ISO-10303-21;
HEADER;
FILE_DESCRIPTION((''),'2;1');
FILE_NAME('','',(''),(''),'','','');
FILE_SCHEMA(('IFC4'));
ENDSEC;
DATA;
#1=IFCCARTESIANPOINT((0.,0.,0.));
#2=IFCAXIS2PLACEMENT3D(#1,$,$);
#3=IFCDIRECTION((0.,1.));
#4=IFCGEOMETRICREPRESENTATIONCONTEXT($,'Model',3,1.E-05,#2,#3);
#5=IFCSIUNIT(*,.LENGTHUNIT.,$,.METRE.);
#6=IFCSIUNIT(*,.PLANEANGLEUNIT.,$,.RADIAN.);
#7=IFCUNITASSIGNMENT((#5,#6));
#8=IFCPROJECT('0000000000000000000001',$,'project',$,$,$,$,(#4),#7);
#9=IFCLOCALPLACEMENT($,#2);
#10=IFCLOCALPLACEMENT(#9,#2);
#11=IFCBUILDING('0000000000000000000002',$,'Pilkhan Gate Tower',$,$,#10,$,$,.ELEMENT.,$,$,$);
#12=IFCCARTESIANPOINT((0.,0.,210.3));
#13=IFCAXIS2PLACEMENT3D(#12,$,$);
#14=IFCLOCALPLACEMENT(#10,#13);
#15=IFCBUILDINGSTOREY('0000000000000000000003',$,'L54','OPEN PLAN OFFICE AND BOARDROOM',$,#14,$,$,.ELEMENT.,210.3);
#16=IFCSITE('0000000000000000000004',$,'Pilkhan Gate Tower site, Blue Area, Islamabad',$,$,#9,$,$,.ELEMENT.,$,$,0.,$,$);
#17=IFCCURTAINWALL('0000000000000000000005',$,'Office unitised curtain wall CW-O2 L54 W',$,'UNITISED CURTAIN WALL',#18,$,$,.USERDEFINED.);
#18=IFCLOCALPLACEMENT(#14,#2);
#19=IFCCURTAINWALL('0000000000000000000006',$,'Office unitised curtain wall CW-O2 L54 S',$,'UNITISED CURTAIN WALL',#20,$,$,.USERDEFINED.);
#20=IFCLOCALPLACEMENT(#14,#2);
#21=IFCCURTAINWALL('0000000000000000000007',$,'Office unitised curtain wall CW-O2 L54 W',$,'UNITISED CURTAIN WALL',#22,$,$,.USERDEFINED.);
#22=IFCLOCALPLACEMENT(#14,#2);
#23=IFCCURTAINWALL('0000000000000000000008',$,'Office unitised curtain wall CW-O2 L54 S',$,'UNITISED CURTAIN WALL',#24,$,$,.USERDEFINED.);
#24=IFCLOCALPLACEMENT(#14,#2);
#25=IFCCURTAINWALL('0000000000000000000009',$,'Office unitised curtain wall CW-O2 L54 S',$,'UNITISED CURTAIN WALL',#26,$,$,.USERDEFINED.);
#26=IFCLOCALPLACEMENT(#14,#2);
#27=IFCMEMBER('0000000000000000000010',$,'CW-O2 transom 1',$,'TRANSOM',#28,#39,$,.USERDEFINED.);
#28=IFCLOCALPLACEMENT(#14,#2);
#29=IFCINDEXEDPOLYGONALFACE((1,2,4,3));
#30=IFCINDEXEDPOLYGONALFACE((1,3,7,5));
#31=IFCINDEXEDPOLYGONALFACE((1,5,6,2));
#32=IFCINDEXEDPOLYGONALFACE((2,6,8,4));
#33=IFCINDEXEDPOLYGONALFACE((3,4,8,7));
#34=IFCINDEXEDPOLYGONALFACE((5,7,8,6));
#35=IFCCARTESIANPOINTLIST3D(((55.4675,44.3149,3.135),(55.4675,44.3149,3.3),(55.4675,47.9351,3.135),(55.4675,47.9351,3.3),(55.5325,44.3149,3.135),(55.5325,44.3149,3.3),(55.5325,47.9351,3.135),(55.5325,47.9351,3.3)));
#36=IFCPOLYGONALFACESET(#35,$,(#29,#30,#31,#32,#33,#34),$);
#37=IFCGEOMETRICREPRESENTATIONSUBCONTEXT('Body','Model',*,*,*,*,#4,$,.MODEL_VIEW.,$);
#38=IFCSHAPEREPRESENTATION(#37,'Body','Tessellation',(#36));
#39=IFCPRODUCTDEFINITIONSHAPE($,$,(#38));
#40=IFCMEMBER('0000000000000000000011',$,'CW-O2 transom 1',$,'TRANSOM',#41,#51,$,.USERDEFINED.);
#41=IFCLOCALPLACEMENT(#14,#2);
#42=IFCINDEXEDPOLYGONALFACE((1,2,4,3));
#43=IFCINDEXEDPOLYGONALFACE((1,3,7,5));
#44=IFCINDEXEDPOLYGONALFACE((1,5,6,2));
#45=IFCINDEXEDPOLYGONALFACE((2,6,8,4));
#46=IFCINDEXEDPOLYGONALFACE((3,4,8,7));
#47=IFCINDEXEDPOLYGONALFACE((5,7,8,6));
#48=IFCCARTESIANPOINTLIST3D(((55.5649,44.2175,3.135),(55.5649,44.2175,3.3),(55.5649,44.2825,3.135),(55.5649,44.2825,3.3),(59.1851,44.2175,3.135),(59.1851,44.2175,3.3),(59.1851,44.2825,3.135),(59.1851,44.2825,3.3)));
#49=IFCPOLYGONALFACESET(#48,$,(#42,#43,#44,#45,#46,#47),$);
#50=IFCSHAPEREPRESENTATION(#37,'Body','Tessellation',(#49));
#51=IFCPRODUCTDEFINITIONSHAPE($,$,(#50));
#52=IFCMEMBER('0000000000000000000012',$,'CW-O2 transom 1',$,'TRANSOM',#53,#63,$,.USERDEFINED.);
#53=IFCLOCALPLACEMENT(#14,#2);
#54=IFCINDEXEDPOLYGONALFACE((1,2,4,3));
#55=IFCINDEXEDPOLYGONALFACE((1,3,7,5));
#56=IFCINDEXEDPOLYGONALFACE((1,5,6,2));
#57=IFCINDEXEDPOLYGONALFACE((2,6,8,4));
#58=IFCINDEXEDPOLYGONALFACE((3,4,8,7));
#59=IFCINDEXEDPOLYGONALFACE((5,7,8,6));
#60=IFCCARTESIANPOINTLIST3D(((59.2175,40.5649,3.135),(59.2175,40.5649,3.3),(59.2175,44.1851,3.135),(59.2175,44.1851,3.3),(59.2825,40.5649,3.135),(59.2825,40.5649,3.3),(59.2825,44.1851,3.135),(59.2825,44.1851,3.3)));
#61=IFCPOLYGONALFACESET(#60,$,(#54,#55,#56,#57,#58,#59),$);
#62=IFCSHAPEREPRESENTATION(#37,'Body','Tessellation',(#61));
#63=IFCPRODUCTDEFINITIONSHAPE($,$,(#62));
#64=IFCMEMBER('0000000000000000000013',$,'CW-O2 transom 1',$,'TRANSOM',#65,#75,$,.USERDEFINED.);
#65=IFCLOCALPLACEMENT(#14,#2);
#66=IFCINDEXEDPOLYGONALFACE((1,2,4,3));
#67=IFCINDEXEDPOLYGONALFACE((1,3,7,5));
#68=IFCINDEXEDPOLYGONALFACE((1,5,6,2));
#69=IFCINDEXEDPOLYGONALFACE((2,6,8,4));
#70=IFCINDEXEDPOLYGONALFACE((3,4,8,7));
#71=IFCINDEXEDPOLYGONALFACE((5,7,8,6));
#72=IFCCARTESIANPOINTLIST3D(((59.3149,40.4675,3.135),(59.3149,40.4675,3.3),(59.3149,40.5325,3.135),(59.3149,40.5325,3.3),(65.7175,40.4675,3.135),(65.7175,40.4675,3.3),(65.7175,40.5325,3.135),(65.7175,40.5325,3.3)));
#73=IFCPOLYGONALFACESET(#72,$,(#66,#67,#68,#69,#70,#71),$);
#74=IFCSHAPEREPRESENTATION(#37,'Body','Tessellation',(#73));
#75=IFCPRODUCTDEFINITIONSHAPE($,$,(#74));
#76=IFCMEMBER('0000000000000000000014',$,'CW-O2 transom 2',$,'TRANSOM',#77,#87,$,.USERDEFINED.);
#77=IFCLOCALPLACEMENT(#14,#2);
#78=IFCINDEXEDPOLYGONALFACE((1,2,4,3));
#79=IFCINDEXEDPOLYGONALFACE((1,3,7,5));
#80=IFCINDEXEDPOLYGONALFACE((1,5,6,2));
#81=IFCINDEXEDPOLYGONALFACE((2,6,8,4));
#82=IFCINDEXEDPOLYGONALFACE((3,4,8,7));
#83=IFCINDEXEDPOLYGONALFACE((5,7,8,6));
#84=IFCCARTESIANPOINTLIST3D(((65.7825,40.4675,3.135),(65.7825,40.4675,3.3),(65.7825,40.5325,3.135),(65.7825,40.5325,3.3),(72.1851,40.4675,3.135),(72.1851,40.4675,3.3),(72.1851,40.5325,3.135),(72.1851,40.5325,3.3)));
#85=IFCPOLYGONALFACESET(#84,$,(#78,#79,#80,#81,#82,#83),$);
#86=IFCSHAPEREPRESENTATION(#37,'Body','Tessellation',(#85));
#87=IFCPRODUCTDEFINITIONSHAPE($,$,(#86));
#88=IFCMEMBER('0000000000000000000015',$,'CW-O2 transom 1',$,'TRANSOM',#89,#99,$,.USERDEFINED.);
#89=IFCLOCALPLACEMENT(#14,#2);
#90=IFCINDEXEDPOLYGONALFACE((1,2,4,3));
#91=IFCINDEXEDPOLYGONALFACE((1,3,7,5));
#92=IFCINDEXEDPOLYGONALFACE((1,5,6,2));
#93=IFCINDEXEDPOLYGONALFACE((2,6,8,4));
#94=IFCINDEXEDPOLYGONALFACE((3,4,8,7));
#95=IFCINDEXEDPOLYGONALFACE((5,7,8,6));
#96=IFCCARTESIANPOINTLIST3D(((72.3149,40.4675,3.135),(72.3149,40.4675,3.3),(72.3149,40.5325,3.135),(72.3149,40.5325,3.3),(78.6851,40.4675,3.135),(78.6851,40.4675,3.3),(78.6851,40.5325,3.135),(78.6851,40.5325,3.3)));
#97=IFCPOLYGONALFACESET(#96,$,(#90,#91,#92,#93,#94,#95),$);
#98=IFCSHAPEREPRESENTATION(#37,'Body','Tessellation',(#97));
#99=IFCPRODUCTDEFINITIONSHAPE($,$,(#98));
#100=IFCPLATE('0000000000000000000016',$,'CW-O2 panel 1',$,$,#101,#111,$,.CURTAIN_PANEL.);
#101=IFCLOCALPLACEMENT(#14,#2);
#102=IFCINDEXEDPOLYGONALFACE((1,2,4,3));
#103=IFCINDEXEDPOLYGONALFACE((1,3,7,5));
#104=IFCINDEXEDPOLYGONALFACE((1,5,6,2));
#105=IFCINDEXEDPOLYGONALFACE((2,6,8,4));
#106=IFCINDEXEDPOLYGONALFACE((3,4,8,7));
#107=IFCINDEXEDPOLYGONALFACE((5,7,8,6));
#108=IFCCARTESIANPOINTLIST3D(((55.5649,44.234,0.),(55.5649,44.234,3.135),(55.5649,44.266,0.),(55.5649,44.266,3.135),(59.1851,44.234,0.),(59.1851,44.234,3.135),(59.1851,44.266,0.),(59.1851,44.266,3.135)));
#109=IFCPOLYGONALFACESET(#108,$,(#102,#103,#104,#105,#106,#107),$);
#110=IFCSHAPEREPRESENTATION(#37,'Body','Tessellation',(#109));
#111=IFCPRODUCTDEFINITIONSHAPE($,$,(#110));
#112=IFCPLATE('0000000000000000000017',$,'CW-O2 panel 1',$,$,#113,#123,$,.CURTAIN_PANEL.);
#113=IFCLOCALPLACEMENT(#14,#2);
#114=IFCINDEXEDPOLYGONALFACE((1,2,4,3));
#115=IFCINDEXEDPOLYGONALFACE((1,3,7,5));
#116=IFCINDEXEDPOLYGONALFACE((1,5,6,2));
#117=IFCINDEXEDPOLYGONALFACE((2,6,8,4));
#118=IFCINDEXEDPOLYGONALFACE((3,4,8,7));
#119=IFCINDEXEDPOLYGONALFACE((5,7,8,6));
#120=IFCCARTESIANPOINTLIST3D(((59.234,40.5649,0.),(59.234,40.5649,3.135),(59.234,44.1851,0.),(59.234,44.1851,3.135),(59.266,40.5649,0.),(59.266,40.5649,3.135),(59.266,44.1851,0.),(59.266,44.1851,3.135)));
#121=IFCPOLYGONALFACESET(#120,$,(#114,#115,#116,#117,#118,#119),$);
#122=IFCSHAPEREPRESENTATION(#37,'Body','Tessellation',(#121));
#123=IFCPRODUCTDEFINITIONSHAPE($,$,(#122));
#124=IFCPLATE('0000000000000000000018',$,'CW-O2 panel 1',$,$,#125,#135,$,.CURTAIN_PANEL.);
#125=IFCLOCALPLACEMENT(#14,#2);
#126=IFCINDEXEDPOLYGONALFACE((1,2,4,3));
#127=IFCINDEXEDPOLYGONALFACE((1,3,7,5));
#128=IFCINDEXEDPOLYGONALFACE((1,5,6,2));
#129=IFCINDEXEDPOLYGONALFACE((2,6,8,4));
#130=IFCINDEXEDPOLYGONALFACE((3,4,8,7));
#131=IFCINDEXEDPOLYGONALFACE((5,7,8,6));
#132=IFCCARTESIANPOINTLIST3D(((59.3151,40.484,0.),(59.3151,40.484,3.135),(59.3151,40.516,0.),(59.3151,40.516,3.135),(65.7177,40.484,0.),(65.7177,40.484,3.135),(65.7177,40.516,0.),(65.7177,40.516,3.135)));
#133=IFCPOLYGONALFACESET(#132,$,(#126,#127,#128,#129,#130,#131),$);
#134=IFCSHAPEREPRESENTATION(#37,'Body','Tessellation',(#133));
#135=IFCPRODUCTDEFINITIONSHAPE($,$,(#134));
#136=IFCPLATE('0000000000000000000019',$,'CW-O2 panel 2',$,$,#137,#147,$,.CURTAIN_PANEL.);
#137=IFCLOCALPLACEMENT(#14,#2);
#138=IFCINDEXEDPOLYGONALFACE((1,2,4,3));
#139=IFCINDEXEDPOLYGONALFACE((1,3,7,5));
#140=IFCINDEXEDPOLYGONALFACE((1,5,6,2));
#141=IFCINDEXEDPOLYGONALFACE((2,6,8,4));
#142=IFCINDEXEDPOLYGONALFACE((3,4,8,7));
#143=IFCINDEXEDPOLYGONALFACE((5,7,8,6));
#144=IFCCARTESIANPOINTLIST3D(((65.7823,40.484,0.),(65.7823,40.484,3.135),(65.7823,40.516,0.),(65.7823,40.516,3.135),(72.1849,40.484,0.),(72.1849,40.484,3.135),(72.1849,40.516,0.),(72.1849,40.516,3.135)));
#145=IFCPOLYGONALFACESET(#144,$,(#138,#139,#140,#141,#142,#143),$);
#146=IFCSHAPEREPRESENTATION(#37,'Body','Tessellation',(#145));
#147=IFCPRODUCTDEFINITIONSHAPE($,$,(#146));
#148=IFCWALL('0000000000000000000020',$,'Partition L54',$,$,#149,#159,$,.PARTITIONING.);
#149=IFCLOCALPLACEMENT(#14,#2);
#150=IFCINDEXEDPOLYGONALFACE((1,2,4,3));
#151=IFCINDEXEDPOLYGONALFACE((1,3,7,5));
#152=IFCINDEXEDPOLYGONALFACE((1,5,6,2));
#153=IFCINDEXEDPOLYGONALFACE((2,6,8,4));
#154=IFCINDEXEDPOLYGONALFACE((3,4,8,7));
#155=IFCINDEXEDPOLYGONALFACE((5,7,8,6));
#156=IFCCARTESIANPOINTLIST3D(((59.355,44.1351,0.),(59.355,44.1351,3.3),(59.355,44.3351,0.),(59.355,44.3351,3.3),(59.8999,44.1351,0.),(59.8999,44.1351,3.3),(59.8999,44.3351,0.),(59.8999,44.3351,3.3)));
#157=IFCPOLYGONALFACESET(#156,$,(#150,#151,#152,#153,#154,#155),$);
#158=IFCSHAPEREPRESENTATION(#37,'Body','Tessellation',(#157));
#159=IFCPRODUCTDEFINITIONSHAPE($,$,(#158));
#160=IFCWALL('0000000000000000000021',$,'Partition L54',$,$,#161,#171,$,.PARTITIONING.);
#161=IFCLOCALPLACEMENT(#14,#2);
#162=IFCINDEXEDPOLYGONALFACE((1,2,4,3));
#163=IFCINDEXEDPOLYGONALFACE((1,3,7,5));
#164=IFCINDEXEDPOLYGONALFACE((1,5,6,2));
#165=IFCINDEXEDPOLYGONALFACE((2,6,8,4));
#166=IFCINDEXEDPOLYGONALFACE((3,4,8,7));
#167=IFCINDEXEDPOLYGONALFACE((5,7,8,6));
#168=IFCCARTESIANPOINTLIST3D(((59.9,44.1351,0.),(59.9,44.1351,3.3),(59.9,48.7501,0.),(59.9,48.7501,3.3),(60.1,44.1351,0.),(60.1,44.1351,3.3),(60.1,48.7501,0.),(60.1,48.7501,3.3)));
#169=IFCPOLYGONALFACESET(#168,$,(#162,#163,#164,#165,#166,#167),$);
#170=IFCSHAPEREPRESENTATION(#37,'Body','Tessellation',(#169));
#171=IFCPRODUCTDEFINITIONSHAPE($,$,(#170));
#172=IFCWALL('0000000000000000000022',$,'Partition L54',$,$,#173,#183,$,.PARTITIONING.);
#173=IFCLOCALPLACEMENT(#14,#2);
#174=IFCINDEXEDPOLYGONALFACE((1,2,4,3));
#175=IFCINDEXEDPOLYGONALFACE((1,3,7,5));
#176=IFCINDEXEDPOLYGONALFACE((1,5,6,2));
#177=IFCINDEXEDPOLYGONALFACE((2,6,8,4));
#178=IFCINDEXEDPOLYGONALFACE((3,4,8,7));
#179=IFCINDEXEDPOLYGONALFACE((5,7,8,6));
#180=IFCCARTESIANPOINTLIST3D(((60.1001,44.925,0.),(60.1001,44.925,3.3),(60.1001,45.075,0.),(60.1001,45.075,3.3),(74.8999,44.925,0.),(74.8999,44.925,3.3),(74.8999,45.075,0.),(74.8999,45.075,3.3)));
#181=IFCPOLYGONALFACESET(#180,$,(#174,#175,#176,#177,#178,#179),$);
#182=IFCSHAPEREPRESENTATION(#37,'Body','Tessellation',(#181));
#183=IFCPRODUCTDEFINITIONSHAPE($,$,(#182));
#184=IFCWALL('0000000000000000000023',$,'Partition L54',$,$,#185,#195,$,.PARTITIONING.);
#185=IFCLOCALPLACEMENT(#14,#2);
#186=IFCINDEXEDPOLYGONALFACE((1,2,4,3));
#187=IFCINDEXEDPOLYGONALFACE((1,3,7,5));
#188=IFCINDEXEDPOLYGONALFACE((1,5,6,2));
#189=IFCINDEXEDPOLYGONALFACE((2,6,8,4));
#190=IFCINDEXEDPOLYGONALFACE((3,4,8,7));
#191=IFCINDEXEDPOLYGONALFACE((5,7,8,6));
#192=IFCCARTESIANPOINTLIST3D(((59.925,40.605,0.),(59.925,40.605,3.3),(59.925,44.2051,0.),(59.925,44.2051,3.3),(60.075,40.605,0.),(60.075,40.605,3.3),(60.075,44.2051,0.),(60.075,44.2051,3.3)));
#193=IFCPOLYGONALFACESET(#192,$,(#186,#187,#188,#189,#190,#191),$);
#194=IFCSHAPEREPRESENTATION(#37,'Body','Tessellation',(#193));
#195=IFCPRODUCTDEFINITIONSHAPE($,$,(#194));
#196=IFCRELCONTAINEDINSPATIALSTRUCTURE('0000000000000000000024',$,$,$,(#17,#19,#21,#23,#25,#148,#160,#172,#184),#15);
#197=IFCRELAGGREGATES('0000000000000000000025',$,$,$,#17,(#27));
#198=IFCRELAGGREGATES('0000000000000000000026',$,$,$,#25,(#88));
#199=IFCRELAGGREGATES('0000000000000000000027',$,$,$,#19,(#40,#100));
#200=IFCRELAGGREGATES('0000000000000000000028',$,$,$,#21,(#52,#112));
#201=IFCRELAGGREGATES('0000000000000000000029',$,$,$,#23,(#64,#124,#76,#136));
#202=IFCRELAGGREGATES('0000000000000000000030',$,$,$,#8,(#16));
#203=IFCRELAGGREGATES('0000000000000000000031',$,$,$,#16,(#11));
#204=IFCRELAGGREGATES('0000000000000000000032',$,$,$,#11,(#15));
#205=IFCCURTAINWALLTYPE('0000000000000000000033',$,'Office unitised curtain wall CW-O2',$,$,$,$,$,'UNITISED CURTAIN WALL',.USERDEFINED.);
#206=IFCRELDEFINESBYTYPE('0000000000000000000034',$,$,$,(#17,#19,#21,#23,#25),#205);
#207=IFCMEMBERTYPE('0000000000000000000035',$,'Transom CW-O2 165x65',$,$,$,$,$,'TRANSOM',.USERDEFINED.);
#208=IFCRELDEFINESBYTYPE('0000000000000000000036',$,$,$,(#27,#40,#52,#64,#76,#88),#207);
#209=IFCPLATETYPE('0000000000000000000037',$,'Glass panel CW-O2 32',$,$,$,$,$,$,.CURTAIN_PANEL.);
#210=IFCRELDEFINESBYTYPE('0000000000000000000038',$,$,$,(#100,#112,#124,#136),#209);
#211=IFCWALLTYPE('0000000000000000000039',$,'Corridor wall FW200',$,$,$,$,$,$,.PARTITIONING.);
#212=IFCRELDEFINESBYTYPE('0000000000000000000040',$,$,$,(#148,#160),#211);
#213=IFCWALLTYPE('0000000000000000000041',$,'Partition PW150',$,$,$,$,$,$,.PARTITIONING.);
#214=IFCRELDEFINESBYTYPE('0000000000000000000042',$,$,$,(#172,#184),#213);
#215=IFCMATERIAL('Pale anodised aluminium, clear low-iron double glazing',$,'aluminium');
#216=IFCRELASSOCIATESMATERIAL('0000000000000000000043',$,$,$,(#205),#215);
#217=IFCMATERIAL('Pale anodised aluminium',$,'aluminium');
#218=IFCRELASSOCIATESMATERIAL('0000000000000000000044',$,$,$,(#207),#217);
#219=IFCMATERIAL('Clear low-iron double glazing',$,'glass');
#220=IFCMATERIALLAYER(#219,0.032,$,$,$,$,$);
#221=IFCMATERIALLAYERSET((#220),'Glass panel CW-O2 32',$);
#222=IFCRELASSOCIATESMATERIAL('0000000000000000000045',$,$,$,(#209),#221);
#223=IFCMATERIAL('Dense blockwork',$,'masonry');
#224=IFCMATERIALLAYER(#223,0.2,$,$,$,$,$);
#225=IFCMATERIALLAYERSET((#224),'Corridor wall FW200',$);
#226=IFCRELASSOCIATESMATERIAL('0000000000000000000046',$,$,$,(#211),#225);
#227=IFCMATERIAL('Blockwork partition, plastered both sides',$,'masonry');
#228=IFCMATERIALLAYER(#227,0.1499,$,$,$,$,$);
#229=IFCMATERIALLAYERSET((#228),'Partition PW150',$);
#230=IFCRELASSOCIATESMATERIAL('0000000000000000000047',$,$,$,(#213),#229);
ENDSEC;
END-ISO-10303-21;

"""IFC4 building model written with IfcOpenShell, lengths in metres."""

from ifc_helpers import new_model, si_unit, direction, frame, frame_2d, origin, origin_2d, place, context, subcontext, project, spatial, rectangle, extrude, material, layer, layer_set, material_profile, profile_set, type_object, element, aggregate, save


model = new_model("IFC4")

# Units and contexts
model_context = context("Model", 3, precision=1e-05, world=origin(), true_north=direction((0.0, 1.0)))
body_context = subcontext(model_context, "Body", "Model", "MODEL_VIEW")
ifc_project = project(units=[si_unit("LENGTHUNIT", "METRE"), si_unit("PLANEANGLEUNIT", "RADIAN")], contexts=[model_context])

# Site, building, storey
site_placement = place(None, origin())
site = spatial("IfcSite", under=ifc_project, at=site_placement, Name="Pilkhan Gate Tower site, Blue Area, Islamabad", CompositionType="ELEMENT", RefElevation=0.0)
building_placement = place(site_placement, origin())
building = spatial("IfcBuilding", under=site, at=building_placement, Name="Pilkhan Gate Tower", CompositionType="ELEMENT")
storey_placement = place(building_placement, frame((0.0, 0.0, 210.3)))
storey = spatial("IfcBuildingStorey", under=building, at=storey_placement, Name="L54", Description="OPEN PLAN OFFICE AND BOARDROOM", CompositionType="ELEMENT", Elevation=210.3)

# Curtain wall
ifc_material_1 = material(Name="Pale anodised aluminium, clear low-iron double glazing", Category="aluminium")
curtain_wall_type = type_object("IfcCurtainWallType", Name="Office unitised curtain wall CW-O2", ElementType="UNITISED CURTAIN WALL", PredefinedType="USERDEFINED", material=ifc_material_1)
curtain_wall_1_placement = place(storey_placement, origin())
curtain_wall_1 = element("IfcCurtainWall", 1, at=curtain_wall_1_placement, inside=storey, type_object=curtain_wall_type, Name="Office unitised curtain wall CW-O2 L54 W", ObjectType="UNITISED CURTAIN WALL", PredefinedType="USERDEFINED")
ifc_material_2 = material(Name="Pale anodised aluminium", Category="aluminium")

# Curtain walls
curtain_wall_2_placement = place(storey_placement, origin())
curtain_wall_2 = element("IfcCurtainWall", 2, at=curtain_wall_2_placement, inside=storey, type_object=curtain_wall_type, Name="Office unitised curtain wall CW-O2 L54 S", ObjectType="UNITISED CURTAIN WALL", PredefinedType="USERDEFINED")
curtain_wall_3_placement = place(storey_placement, origin())
curtain_wall_3 = element("IfcCurtainWall", 3, at=curtain_wall_3_placement, inside=storey, type_object=curtain_wall_type, Name="Office unitised curtain wall CW-O2 L54 W", ObjectType="UNITISED CURTAIN WALL", PredefinedType="USERDEFINED")
curtain_wall_4_placement = place(storey_placement, origin())
curtain_wall_4 = element("IfcCurtainWall", 4, at=curtain_wall_4_placement, inside=storey, type_object=curtain_wall_type, Name="Office unitised curtain wall CW-O2 L54 S", ObjectType="UNITISED CURTAIN WALL", PredefinedType="USERDEFINED")

# Curtain wall
curtain_wall_5_placement = place(storey_placement, origin())
curtain_wall_5 = element("IfcCurtainWall", 5, at=curtain_wall_5_placement, inside=storey, type_object=curtain_wall_type, Name="Office unitised curtain wall CW-O2 L54 S", ObjectType="UNITISED CURTAIN WALL", PredefinedType="USERDEFINED")

# Members
ifc_material_profile_1 = material_profile(ifc_material_2, rectangle(XDim=0.0649, YDim=0.165, at=origin_2d()), Name="Transom 165x65")
ifc_profile_set_1 = profile_set([ifc_material_profile_1], Name="Pale anodised aluminium")
member_type_1 = type_object("IfcMemberType", Name="Transom CW-O2 165x65", ElementType="TRANSOM", PredefinedType="USERDEFINED", material=ifc_profile_set_1)
member_1_placement = place(storey_placement, frame((55.5, 44.3149, 3.2175), z_axis=(0.0, 1.0, 0.0), x_axis=(-1.0, 0.0, 0.0)))
member_1 = element("IfcMember", 6, at=member_1_placement, type_object=member_type_1, Name="CW-O2 transom 1", ObjectType="TRANSOM", PredefinedType="USERDEFINED", context=body_context, shape_type="SweptSolid", body=[
    extrude(rectangle(XDim=0.0649, YDim=0.165, at=origin_2d()), origin(), (0.0, 0.0, 1.0), 3.6201),
])
aggregate(curtain_wall_1, [member_1])
member_2_placement = place(storey_placement, frame((55.5649, 44.25, 3.2175), z_axis=(1.0, 0.0, 0.0), x_axis=(0.0, 1.0, 0.0)))
member_2 = element("IfcMember", 7, at=member_2_placement, type_object=member_type_1, Name="CW-O2 transom 1", ObjectType="TRANSOM", PredefinedType="USERDEFINED", context=body_context, shape_type="SweptSolid", body=[
    extrude(rectangle(XDim=0.0649, YDim=0.165, at=origin_2d()), origin(), (0.0, 0.0, 1.0), 3.6201),
])
member_3_placement = place(storey_placement, frame((59.25, 40.5649, 3.2175), z_axis=(0.0, 1.0, 0.0), x_axis=(-1.0, 0.0, 0.0)))
member_3 = element("IfcMember", 8, at=member_3_placement, type_object=member_type_1, Name="CW-O2 transom 1", ObjectType="TRANSOM", PredefinedType="USERDEFINED", context=body_context, shape_type="SweptSolid", body=[
    extrude(rectangle(XDim=0.0649, YDim=0.165, at=origin_2d()), origin(), (0.0, 0.0, 1.0), 3.6201),
])
member_4_placement = place(storey_placement, frame((59.3149, 40.5, 3.2175), z_axis=(1.0, 0.0, 0.0), x_axis=(0.0, 1.0, 0.0)))
member_4 = element("IfcMember", 9, at=member_4_placement, type_object=member_type_1, Name="CW-O2 transom 1", ObjectType="TRANSOM", PredefinedType="USERDEFINED", context=body_context, shape_type="SweptSolid", body=[
    extrude(rectangle(XDim=0.0649, YDim=0.165, at=origin_2d()), origin(), (0.0, 0.0, 1.0), 6.4026),
])
member_5_placement = place(storey_placement, frame((65.7825, 40.5, 3.2175), z_axis=(1.0, 0.0, 0.0), x_axis=(0.0, 1.0, 0.0)))
member_5 = element("IfcMember", 10, at=member_5_placement, type_object=member_type_1, Name="CW-O2 transom 2", ObjectType="TRANSOM", PredefinedType="USERDEFINED", context=body_context, shape_type="SweptSolid", body=[
    extrude(rectangle(XDim=0.0649, YDim=0.165, at=origin_2d()), origin(), (0.0, 0.0, 1.0), 6.4026),
])
member_6_placement = place(storey_placement, frame((72.3149, 40.5, 3.2175), z_axis=(1.0, 0.0, 0.0), x_axis=(0.0, 1.0, 0.0)))
member_6 = element("IfcMember", 11, at=member_6_placement, type_object=member_type_1, Name="CW-O2 transom 1", ObjectType="TRANSOM", PredefinedType="USERDEFINED", context=body_context, shape_type="SweptSolid", body=[
    extrude(rectangle(XDim=0.0649, YDim=0.165, at=origin_2d()), origin(), (0.0, 0.0, 1.0), 6.3701),
])
aggregate(curtain_wall_5, [member_6])

# Plates
ifc_material_3 = material(Name="Clear low-iron double glazing", Category="glass")
ifc_layer_1 = layer(ifc_material_3, 0.032)
ifc_layer_set_1 = layer_set([ifc_layer_1], Name="Glass panel CW-O2 32")
plate_type = type_object("IfcPlateType", Name="Glass panel CW-O2 32", PredefinedType="CURTAIN_PANEL", material=ifc_layer_set_1)
plate_1_placement = place(storey_placement, frame((57.375, 44.25, 0.0), z_axis=(0.0, 0.0, 1.0), x_axis=(1.0, 0.0, 0.0)))
plate_1 = element("IfcPlate", 12, at=plate_1_placement, type_object=plate_type, Name="CW-O2 panel 1", PredefinedType="CURTAIN_PANEL", context=body_context, shape_type="SweptSolid", body=[
    extrude(rectangle(XDim=3.6201, YDim=0.032, at=origin_2d()), origin(), (0.0, 0.0, 1.0), 3.135),
])
aggregate(curtain_wall_2, [member_2, plate_1])
plate_2_placement = place(storey_placement, frame((59.25, 42.375, 0.0), z_axis=(0.0, 0.0, 1.0), x_axis=(0.0, 1.0, 0.0)))
plate_2 = element("IfcPlate", 13, at=plate_2_placement, type_object=plate_type, Name="CW-O2 panel 1", PredefinedType="CURTAIN_PANEL", context=body_context, shape_type="SweptSolid", body=[
    extrude(rectangle(XDim=3.6201, YDim=0.032, at=origin_2d()), origin(), (0.0, 0.0, 1.0), 3.135),
])
aggregate(curtain_wall_3, [member_3, plate_2])
plate_3_placement = place(storey_placement, frame((62.5164, 40.5, 0.0), z_axis=(0.0, 0.0, 1.0), x_axis=(1.0, 0.0, 0.0)))
plate_3 = element("IfcPlate", 14, at=plate_3_placement, type_object=plate_type, Name="CW-O2 panel 1", PredefinedType="CURTAIN_PANEL", context=body_context, shape_type="SweptSolid", body=[
    extrude(rectangle(XDim=6.4026, YDim=0.032, at=origin_2d()), origin(), (0.0, 0.0, 1.0), 3.135),
])
plate_4_placement = place(storey_placement, frame((68.9836, 40.5, 0.0), z_axis=(0.0, 0.0, 1.0), x_axis=(1.0, 0.0, 0.0)))
plate_4 = element("IfcPlate", 15, at=plate_4_placement, type_object=plate_type, Name="CW-O2 panel 2", PredefinedType="CURTAIN_PANEL", context=body_context, shape_type="SweptSolid", body=[
    extrude(rectangle(XDim=6.4026, YDim=0.032, at=origin_2d()), origin(), (0.0, 0.0, 1.0), 3.135),
])
aggregate(curtain_wall_4, [member_4, plate_3, member_5, plate_4])

# Walls
ifc_material_4 = material(Name="Dense blockwork", Category="masonry")
ifc_layer_2 = layer(ifc_material_4, 0.2)
ifc_layer_set_2 = layer_set([ifc_layer_2], Name="Corridor wall FW200")
wall_type_1 = type_object("IfcWallType", Name="Corridor wall FW200", PredefinedType="PARTITIONING", material=ifc_layer_set_2)
wall_1_placement = place(storey_placement, frame((59.355, 44.2351, 0.0), z_axis=(0.0, 0.0, 1.0), x_axis=(1.0, 0.0, 0.0)))
element("IfcWall", 16, at=wall_1_placement, inside=storey, type_object=wall_type_1, Name="Partition L54", PredefinedType="PARTITIONING", context=body_context, shape_type="SweptSolid", body=[
    extrude(rectangle(XDim=0.5449, YDim=0.2, at=frame_2d((0.2725, 0.0))), origin(), (0.0, 0.0, 1.0), 3.3),
])
wall_2_placement = place(storey_placement, frame((60.0, 44.135, 0.0), z_axis=(0.0, 0.0, 1.0), x_axis=(0.0, 1.0, 0.0)))
element("IfcWall", 17, at=wall_2_placement, inside=storey, type_object=wall_type_1, Name="Partition L54", PredefinedType="PARTITIONING", context=body_context, shape_type="SweptSolid", body=[
    extrude(rectangle(XDim=4.615, YDim=0.2, at=frame_2d((2.3076, 0.0))), origin(), (0.0, 0.0, 1.0), 3.3),
])
ifc_material_5 = material(Name="Blockwork partition, plastered both sides", Category="masonry")
ifc_layer_3 = layer(ifc_material_5, 0.1499)
ifc_layer_set_3 = layer_set([ifc_layer_3], Name="Partition PW150")
wall_type_2 = type_object("IfcWallType", Name="Partition PW150", PredefinedType="PARTITIONING", material=ifc_layer_set_3)
wall_3_placement = place(storey_placement, frame((60.1001, 45.0, 0.0), z_axis=(0.0, 0.0, 1.0), x_axis=(1.0, 0.0, 0.0)))
element("IfcWall", 18, at=wall_3_placement, inside=storey, type_object=wall_type_2, Name="Partition L54", PredefinedType="PARTITIONING", context=body_context, shape_type="SweptSolid", body=[
    extrude(rectangle(XDim=14.7998, YDim=0.1499, at=frame_2d((7.3999, 0.0))), origin(), (0.0, 0.0, 1.0), 3.3),
])
wall_4_placement = place(storey_placement, frame((60.0, 40.605, 0.0), z_axis=(0.0, 0.0, 1.0), x_axis=(0.0, 1.0, 0.0)))
element("IfcWall", 19, at=wall_4_placement, inside=storey, type_object=wall_type_2, Name="Partition L54", PredefinedType="PARTITIONING", context=body_context, shape_type="SweptSolid", body=[
    extrude(rectangle(XDim=3.6001, YDim=0.1499, at=frame_2d((1.8, 0.0))), origin(), (0.0, 0.0, 1.0), 3.3),
])

save(model, "model.ifc")
